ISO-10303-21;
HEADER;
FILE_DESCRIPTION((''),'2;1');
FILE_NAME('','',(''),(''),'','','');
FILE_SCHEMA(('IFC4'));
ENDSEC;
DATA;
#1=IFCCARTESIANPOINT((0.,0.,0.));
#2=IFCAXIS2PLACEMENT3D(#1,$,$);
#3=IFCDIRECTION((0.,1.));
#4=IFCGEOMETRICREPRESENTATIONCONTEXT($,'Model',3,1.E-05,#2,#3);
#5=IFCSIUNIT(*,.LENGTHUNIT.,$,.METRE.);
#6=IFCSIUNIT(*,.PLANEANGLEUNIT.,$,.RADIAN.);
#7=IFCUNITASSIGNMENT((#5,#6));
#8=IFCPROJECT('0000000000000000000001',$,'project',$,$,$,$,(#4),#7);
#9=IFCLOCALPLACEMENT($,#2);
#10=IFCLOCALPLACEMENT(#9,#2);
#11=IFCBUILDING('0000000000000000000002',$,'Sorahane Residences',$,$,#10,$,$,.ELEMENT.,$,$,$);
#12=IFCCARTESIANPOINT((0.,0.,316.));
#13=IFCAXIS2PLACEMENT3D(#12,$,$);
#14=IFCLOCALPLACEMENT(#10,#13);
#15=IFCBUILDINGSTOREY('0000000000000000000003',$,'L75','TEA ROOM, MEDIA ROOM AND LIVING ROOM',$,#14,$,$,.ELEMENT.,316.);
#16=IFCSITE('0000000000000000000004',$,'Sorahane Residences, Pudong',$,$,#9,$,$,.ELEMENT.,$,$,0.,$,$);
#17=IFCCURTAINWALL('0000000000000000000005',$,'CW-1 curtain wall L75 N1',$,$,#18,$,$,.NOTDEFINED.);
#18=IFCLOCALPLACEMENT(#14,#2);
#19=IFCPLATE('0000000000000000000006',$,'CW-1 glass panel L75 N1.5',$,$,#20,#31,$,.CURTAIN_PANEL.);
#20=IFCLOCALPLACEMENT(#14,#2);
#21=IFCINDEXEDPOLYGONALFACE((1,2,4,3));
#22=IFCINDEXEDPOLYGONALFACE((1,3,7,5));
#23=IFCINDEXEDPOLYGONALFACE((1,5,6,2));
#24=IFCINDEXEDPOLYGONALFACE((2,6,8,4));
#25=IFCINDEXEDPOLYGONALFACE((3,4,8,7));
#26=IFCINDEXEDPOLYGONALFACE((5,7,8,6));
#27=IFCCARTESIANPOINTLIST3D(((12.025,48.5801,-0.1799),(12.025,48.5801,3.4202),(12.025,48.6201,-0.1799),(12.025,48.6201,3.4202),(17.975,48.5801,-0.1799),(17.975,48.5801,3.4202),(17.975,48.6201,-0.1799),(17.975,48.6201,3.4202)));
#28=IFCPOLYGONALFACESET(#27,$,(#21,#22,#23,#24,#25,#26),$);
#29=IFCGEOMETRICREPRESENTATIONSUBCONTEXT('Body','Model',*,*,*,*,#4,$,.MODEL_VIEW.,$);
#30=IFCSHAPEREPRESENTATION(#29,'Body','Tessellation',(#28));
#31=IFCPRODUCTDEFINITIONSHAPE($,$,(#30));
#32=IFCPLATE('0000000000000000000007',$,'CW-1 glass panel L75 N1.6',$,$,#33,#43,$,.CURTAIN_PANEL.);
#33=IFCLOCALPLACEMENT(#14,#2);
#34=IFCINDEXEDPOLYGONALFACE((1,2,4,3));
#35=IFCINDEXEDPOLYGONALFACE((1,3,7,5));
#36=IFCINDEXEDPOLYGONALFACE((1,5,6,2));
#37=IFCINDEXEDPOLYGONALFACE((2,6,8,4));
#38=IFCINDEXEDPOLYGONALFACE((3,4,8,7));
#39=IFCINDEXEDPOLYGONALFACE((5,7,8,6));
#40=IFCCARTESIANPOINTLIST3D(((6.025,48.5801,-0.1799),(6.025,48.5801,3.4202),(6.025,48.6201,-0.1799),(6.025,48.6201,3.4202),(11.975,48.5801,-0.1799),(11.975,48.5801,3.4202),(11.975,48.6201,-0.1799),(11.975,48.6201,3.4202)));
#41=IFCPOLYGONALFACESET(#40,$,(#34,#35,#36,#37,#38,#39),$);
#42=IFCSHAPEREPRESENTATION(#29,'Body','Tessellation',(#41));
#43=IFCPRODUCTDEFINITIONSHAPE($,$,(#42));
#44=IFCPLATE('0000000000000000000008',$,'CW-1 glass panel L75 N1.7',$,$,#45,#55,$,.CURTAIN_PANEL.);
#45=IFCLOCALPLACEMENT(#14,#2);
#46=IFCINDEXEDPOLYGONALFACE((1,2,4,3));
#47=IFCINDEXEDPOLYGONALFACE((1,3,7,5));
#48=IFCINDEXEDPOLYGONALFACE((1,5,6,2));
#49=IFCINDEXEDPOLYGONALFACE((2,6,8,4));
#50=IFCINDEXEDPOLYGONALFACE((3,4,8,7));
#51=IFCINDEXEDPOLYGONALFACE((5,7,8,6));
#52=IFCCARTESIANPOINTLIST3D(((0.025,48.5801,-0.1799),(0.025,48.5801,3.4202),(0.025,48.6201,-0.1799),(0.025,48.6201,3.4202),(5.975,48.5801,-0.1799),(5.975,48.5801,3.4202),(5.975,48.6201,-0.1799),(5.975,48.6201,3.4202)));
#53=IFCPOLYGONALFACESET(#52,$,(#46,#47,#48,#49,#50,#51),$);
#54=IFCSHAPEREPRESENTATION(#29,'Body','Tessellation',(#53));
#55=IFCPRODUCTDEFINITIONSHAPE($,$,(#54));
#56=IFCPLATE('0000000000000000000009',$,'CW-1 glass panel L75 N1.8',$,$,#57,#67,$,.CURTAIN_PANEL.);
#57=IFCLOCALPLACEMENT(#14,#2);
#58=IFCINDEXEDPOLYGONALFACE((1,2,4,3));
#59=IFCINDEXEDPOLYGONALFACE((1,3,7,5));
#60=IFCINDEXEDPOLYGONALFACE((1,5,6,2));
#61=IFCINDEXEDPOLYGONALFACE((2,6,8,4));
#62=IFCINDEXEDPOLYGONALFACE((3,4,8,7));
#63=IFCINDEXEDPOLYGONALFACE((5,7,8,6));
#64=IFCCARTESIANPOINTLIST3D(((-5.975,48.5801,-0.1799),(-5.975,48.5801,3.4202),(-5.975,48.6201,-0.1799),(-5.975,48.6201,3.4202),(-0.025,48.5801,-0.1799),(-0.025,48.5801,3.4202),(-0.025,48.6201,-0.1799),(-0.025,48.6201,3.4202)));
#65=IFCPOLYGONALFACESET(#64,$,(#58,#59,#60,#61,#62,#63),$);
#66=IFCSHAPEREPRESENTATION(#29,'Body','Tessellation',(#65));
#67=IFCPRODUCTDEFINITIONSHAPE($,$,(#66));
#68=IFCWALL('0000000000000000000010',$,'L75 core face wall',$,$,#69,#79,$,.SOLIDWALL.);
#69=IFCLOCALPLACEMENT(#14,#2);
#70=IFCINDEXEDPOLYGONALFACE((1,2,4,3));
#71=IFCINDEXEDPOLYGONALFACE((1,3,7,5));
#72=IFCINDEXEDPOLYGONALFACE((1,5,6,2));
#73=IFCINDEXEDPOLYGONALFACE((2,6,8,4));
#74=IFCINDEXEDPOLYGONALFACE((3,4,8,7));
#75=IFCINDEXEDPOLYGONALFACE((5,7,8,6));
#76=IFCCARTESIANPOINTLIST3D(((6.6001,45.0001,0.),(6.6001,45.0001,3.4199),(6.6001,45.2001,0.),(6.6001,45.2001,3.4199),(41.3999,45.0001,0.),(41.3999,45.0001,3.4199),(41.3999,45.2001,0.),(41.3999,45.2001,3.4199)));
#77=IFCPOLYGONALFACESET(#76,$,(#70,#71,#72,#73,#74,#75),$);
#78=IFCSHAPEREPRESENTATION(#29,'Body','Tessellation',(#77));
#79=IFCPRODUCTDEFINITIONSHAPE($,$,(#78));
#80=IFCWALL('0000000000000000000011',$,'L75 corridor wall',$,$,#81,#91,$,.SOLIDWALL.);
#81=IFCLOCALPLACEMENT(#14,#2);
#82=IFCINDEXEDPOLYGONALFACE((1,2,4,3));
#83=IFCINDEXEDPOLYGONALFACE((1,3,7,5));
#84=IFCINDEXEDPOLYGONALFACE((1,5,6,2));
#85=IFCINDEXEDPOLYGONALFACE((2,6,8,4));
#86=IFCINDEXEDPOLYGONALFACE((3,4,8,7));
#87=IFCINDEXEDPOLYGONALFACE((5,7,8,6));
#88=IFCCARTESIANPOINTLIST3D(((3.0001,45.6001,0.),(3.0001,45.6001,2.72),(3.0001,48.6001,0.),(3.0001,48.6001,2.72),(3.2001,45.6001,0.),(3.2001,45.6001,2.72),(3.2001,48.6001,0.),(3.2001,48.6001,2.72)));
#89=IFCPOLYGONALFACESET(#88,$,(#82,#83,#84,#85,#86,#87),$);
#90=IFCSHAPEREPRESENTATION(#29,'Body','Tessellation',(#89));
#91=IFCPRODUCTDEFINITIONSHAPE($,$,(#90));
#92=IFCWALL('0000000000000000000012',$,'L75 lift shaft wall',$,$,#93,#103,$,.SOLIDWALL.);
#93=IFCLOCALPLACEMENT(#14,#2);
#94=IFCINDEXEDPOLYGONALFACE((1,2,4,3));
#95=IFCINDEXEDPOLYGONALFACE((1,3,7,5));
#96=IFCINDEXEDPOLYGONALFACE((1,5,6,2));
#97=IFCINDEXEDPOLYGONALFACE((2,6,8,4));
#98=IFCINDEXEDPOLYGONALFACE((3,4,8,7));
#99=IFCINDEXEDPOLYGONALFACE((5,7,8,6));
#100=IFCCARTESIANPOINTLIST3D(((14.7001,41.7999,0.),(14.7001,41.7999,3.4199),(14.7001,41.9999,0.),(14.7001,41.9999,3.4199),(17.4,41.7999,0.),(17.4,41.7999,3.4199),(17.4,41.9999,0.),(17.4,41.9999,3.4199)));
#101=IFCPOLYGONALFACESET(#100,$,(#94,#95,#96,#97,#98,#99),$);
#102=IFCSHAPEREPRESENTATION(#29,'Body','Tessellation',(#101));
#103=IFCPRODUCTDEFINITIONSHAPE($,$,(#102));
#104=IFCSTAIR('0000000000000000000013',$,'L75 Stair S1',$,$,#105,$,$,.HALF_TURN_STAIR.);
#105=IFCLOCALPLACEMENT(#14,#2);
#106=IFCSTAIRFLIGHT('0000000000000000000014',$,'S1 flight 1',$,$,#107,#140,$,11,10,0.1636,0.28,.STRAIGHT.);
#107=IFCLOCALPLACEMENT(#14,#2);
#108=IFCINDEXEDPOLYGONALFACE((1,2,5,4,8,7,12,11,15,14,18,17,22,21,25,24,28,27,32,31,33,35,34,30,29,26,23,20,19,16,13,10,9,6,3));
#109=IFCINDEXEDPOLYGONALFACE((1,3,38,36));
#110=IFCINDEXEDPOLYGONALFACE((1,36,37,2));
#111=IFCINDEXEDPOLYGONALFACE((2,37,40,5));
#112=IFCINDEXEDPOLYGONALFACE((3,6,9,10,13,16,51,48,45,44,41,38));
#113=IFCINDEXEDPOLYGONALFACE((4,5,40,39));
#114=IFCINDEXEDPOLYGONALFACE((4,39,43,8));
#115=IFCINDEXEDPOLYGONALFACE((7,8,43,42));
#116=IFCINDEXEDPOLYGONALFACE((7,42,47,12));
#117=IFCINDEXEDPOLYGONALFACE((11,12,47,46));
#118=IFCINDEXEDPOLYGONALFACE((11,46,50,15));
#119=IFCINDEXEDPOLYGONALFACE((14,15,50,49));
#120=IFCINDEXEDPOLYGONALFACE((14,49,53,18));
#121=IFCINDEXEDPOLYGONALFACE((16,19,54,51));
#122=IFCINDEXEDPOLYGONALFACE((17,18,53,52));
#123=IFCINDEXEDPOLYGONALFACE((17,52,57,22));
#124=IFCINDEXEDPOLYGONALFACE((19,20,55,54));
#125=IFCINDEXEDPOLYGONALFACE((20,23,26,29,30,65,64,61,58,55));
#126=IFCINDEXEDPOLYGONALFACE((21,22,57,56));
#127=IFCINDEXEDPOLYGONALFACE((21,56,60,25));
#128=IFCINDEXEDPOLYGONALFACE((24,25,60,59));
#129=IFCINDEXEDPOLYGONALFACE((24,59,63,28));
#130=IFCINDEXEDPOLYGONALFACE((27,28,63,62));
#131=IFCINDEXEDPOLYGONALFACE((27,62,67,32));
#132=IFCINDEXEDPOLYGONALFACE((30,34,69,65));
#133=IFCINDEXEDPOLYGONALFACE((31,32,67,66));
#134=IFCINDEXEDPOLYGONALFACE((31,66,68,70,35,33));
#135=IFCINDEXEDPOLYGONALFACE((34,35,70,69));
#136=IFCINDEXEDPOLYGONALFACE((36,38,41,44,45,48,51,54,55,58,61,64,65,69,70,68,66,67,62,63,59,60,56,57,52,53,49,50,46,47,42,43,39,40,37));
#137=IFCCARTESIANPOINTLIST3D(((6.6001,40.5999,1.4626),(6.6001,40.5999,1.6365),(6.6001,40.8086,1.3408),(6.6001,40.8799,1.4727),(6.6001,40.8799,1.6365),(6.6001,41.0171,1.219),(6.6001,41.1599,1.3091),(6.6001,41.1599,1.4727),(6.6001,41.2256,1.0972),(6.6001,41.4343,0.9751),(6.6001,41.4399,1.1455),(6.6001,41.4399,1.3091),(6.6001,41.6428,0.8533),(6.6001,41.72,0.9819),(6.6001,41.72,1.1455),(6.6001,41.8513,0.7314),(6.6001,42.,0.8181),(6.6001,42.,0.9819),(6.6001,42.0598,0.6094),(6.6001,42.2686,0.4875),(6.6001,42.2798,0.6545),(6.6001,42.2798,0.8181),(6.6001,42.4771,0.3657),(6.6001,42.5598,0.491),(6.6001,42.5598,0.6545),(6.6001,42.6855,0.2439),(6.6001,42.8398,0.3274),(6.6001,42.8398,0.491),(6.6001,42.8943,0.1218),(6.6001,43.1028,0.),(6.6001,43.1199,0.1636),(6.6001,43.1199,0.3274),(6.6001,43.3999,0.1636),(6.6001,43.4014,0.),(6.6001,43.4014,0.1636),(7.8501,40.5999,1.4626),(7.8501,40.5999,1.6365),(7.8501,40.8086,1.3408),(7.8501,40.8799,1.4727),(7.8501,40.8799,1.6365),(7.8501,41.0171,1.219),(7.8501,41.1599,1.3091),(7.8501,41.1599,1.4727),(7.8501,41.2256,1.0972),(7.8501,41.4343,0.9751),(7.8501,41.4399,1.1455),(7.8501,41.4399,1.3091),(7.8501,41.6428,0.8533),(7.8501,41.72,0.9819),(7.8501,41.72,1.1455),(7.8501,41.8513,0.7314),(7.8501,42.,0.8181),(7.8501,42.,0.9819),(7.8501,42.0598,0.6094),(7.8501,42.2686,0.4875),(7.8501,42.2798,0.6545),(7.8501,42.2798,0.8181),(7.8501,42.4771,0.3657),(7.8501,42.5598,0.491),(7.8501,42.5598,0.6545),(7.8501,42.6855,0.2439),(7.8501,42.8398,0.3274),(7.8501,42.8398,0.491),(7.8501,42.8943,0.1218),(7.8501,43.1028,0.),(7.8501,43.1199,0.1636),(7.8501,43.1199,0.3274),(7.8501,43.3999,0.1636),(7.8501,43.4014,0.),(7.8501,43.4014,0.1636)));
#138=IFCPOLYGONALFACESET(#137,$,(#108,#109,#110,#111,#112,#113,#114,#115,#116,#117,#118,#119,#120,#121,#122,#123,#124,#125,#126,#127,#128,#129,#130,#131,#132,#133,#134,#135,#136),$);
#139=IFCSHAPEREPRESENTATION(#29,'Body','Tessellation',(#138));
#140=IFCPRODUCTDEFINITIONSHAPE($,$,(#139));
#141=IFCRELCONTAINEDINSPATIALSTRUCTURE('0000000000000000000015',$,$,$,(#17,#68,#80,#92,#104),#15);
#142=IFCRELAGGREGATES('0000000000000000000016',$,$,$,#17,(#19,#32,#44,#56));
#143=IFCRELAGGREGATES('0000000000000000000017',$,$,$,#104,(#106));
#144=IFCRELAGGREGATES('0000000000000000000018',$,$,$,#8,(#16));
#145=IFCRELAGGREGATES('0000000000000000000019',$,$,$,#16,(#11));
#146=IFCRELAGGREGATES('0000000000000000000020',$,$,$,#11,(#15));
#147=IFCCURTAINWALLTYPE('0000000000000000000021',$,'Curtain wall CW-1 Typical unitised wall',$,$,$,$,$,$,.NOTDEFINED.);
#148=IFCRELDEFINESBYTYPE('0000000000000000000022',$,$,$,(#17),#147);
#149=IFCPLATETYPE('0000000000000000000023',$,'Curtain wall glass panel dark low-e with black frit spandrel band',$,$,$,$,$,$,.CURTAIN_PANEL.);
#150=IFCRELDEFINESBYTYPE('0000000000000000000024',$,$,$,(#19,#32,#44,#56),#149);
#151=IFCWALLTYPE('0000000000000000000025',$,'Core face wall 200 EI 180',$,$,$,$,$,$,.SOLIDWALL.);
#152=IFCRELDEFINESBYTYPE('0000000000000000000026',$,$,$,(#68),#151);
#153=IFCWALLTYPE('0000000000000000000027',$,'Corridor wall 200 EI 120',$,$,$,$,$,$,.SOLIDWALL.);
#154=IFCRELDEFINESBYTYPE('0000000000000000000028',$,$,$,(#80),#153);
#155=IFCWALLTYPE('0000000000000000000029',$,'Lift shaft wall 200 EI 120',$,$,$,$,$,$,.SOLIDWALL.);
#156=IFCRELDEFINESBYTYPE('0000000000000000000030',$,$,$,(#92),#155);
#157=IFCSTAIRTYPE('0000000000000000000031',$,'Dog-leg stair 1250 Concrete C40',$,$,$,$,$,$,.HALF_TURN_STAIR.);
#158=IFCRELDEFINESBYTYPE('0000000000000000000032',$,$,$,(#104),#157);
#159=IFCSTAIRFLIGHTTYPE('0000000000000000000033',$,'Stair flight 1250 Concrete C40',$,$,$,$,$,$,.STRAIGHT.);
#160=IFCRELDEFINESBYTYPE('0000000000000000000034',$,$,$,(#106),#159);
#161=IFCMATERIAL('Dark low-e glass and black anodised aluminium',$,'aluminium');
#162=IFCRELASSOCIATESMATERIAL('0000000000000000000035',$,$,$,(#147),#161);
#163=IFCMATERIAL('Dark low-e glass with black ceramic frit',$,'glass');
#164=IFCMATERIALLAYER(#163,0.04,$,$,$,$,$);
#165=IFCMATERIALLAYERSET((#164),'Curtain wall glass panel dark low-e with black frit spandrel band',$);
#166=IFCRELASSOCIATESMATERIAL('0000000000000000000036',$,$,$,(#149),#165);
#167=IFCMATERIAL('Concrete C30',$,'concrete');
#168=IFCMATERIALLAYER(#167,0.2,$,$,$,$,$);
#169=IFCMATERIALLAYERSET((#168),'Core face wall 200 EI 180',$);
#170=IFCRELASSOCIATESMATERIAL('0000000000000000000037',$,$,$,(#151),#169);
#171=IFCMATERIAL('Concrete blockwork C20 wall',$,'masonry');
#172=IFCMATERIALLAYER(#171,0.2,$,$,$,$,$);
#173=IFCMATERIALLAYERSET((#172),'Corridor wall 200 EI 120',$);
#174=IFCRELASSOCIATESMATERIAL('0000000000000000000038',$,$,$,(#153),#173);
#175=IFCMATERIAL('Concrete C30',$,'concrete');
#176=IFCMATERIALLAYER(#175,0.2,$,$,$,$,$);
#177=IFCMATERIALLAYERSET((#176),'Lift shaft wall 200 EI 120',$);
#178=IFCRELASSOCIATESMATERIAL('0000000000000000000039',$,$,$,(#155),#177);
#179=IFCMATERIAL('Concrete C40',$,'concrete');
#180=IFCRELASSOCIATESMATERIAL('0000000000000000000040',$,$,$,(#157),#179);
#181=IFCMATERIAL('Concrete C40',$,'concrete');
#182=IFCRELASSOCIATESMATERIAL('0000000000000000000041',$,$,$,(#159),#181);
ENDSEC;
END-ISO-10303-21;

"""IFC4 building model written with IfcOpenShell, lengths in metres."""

from ifc_helpers import new_model, si_unit, direction, frame, frame_2d, origin, origin_2d, place, context, subcontext, project, spatial, polyline, rectangle, outline, extrude, material, layer, layer_set, type_object, element, aggregate, save


model = new_model("IFC4")

# Units and contexts
model_context = context("Model", 3, precision=1e-05, world=origin(), true_north=direction((0.0, 1.0)))
body_context = subcontext(model_context, "Body", "Model", "MODEL_VIEW")
ifc_project = project(units=[si_unit("LENGTHUNIT", "METRE"), si_unit("PLANEANGLEUNIT", "RADIAN")], contexts=[model_context])

# Site, building, storey
site_placement = place(None, origin())
site = spatial("IfcSite", under=ifc_project, at=site_placement, Name="Sorahane Residences, Pudong", CompositionType="ELEMENT", RefElevation=0.0)
building_placement = place(site_placement, origin())
building = spatial("IfcBuilding", under=site, at=building_placement, Name="Sorahane Residences", CompositionType="ELEMENT")
storey_placement = place(building_placement, frame((0.0, 0.0, 316.0)))
storey = spatial("IfcBuildingStorey", under=building, at=storey_placement, Name="L75", Description="TEA ROOM, MEDIA ROOM AND LIVING ROOM", CompositionType="ELEMENT", Elevation=316.0)

# Curtain wall
ifc_material_1 = material(Name="Dark low-e glass and black anodised aluminium", Category="aluminium")
curtain_wall_type = type_object("IfcCurtainWallType", Name="Curtain wall CW-1 Typical unitised wall", PredefinedType="NOTDEFINED", material=ifc_material_1)
curtain_wall_placement = place(storey_placement, origin())
curtain_wall = element("IfcCurtainWall", 1, at=curtain_wall_placement, inside=storey, type_object=curtain_wall_type, Name="CW-1 curtain wall L75 N1", PredefinedType="NOTDEFINED")

# Plates
ifc_material_2 = material(Name="Dark low-e glass with black ceramic frit", Category="glass")
ifc_layer_1 = layer(ifc_material_2, 0.04)
ifc_layer_set_1 = layer_set([ifc_layer_1], Name="Curtain wall glass panel dark low-e with black frit spandrel band")
plate_type = type_object("IfcPlateType", Name="Curtain wall glass panel dark low-e with black frit spandrel band", PredefinedType="CURTAIN_PANEL", material=ifc_layer_set_1)
plate_1_placement = place(storey_placement, frame((15.0, 48.6001, -0.1799), z_axis=(0.0, 0.0, 1.0), x_axis=(-1.0, 0.0, 0.0)))
plate_1 = element("IfcPlate", 2, at=plate_1_placement, type_object=plate_type, Name="CW-1 glass panel L75 N1.5", PredefinedType="CURTAIN_PANEL", context=body_context, shape_type="SweptSolid", body=[
    extrude(rectangle(XDim=5.95, YDim=0.04, at=origin_2d()), origin(), (0.0, 0.0, 1.0), 3.6001),
])
plate_2_placement = place(storey_placement, frame((9.0, 48.6001, -0.1799), z_axis=(0.0, 0.0, 1.0), x_axis=(-1.0, 0.0, 0.0)))
plate_2 = element("IfcPlate", 3, at=plate_2_placement, type_object=plate_type, Name="CW-1 glass panel L75 N1.6", PredefinedType="CURTAIN_PANEL", context=body_context, shape_type="SweptSolid", body=[
    extrude(rectangle(XDim=5.95, YDim=0.04, at=origin_2d()), origin(), (0.0, 0.0, 1.0), 3.6001),
])
plate_3_placement = place(storey_placement, frame((3.0, 48.6001, -0.1799), z_axis=(0.0, 0.0, 1.0), x_axis=(-1.0, 0.0, 0.0)))
plate_3 = element("IfcPlate", 4, at=plate_3_placement, type_object=plate_type, Name="CW-1 glass panel L75 N1.7", PredefinedType="CURTAIN_PANEL", context=body_context, shape_type="SweptSolid", body=[
    extrude(rectangle(XDim=5.95, YDim=0.04, at=origin_2d()), origin(), (0.0, 0.0, 1.0), 3.6001),
])
plate_4_placement = place(storey_placement, frame((-3.0, 48.6001, -0.1799), z_axis=(0.0, 0.0, 1.0), x_axis=(-1.0, 0.0, 0.0)))
plate_4 = element("IfcPlate", 5, at=plate_4_placement, type_object=plate_type, Name="CW-1 glass panel L75 N1.8", PredefinedType="CURTAIN_PANEL", context=body_context, shape_type="SweptSolid", body=[
    extrude(rectangle(XDim=5.95, YDim=0.04, at=origin_2d()), origin(), (0.0, 0.0, 1.0), 3.6001),
])
aggregate(curtain_wall, [plate_1, plate_2, plate_3, plate_4])

# Walls
ifc_material_3 = material(Name="Concrete C30", Category="concrete")
ifc_layer_2 = layer(ifc_material_3, 0.2)
ifc_layer_set_2 = layer_set([ifc_layer_2], Name="Core face wall 200 EI 180")
wall_type_1 = type_object("IfcWallType", Name="Core face wall 200 EI 180", PredefinedType="SOLIDWALL", material=ifc_layer_set_2)
wall_1_placement = place(storey_placement, frame((6.6001, 45.1001, 0.0), z_axis=(0.0, 0.0, 1.0), x_axis=(1.0, 0.0, 0.0)))
element("IfcWall", 6, at=wall_1_placement, inside=storey, type_object=wall_type_1, Name="L75 core face wall", PredefinedType="SOLIDWALL", context=body_context, shape_type="SweptSolid", body=[
    extrude(rectangle(XDim=34.7998, YDim=0.2, at=frame_2d((17.3999, 0.0))), origin(), (0.0, 0.0, 1.0), 3.4199),
])
ifc_material_4 = material(Name="Concrete blockwork C20 wall", Category="masonry")
ifc_layer_3 = layer(ifc_material_4, 0.2)
ifc_layer_set_3 = layer_set([ifc_layer_3], Name="Corridor wall 200 EI 120")
wall_type_2 = type_object("IfcWallType", Name="Corridor wall 200 EI 120", PredefinedType="SOLIDWALL", material=ifc_layer_set_3)
wall_2_placement = place(storey_placement, frame((3.1001, 45.6001, 0.0), z_axis=(0.0, 0.0, 1.0), x_axis=(0.0, 1.0, 0.0)))
element("IfcWall", 7, at=wall_2_placement, inside=storey, type_object=wall_type_2, Name="L75 corridor wall", PredefinedType="SOLIDWALL", context=body_context, shape_type="SweptSolid", body=[
    extrude(rectangle(XDim=3.0, YDim=0.2, at=frame_2d((1.5, 0.0))), origin(), (0.0, 0.0, 1.0), 2.72),
])
ifc_material_5 = material(Name="Concrete C30", Category="concrete")
ifc_layer_4 = layer(ifc_material_5, 0.2)
ifc_layer_set_4 = layer_set([ifc_layer_4], Name="Lift shaft wall 200 EI 120")
wall_type_3 = type_object("IfcWallType", Name="Lift shaft wall 200 EI 120", PredefinedType="SOLIDWALL", material=ifc_layer_set_4)
wall_3_placement = place(storey_placement, frame((14.7, 41.8999, 0.0), z_axis=(0.0, 0.0, 1.0), x_axis=(1.0, 0.0, 0.0)))
element("IfcWall", 8, at=wall_3_placement, inside=storey, type_object=wall_type_3, Name="L75 lift shaft wall", PredefinedType="SOLIDWALL", context=body_context, shape_type="SweptSolid", body=[
    extrude(rectangle(XDim=2.7, YDim=0.2, at=frame_2d((1.3501, 0.0))), origin(), (0.0, 0.0, 1.0), 3.4199),
])

# Stair, stair flight
ifc_material_6 = material(Name="Concrete C40", Category="concrete")
stair_type = type_object("IfcStairType", Name="Dog-leg stair 1250 Concrete C40", PredefinedType="HALF_TURN_STAIR", material=ifc_material_6)
stair_placement = place(storey_placement, origin())
stair = element("IfcStair", 9, at=stair_placement, inside=storey, type_object=stair_type, Name="L75 Stair S1", PredefinedType="HALF_TURN_STAIR")
ifc_material_7 = material(Name="Concrete C40", Category="concrete")
stair_flight_type = type_object("IfcStairFlightType", Name="Stair flight 1250 Concrete C40", PredefinedType="STRAIGHT", material=ifc_material_7)
stair_flight_placement = place(storey_placement, frame((7.2251, 43.3999, 0.0), z_axis=(0.0, 0.0, 1.0), x_axis=(0.0, -1.0, 0.0)))
stair_flight = element("IfcStairFlight", 10, at=stair_flight_placement, type_object=stair_flight_type, Name="S1 flight 1", NumberOfRisers=11, NumberOfTreads=10, PredefinedType="STRAIGHT", RiserHeight=0.1636, TreadLength=0.28, context=body_context, shape_type="SweptSolid", body=[
    extrude(outline(polyline([(-0.0015, 0.0), (-0.0015, 0.1636), (0.0, 0.1636), (0.28, 0.1636), (0.28, 0.3274), (0.5601, 0.3274), (0.5601, 0.491), (0.8401, 0.491), (0.8401, 0.6545), (1.1201, 0.6545), (1.1201, 0.8181), (1.3999, 0.8181), (1.3999, 0.9819), (1.6799, 0.9819), (1.6799, 1.1455), (1.96, 1.1455), (1.96, 1.3091), (2.24, 1.3091), (2.24, 1.4727), (2.52, 1.4727), (2.52, 1.6365), (2.8, 1.6365), (2.8, 1.8), (2.8, 1.4626), (2.5913, 1.3408), (2.3828, 1.219), (2.1743, 1.0972), (1.9656, 0.9751), (1.7571, 0.8533), (1.5486, 0.7314), (1.3401, 0.6094), (1.1313, 0.4875), (0.9229, 0.3657), (0.7144, 0.2439), (0.5056, 0.1218), (0.2971, 0.0), (-0.0015, 0.0)])), frame((0.0, 0.625, 0.0), z_axis=(0.0, -1.0, 0.0), x_axis=(1.0, 0.0, 0.0)), (0.0, 0.0, 1.0), 1.25),
])
aggregate(stair, [stair_flight])

save(model, "model.ifc")
